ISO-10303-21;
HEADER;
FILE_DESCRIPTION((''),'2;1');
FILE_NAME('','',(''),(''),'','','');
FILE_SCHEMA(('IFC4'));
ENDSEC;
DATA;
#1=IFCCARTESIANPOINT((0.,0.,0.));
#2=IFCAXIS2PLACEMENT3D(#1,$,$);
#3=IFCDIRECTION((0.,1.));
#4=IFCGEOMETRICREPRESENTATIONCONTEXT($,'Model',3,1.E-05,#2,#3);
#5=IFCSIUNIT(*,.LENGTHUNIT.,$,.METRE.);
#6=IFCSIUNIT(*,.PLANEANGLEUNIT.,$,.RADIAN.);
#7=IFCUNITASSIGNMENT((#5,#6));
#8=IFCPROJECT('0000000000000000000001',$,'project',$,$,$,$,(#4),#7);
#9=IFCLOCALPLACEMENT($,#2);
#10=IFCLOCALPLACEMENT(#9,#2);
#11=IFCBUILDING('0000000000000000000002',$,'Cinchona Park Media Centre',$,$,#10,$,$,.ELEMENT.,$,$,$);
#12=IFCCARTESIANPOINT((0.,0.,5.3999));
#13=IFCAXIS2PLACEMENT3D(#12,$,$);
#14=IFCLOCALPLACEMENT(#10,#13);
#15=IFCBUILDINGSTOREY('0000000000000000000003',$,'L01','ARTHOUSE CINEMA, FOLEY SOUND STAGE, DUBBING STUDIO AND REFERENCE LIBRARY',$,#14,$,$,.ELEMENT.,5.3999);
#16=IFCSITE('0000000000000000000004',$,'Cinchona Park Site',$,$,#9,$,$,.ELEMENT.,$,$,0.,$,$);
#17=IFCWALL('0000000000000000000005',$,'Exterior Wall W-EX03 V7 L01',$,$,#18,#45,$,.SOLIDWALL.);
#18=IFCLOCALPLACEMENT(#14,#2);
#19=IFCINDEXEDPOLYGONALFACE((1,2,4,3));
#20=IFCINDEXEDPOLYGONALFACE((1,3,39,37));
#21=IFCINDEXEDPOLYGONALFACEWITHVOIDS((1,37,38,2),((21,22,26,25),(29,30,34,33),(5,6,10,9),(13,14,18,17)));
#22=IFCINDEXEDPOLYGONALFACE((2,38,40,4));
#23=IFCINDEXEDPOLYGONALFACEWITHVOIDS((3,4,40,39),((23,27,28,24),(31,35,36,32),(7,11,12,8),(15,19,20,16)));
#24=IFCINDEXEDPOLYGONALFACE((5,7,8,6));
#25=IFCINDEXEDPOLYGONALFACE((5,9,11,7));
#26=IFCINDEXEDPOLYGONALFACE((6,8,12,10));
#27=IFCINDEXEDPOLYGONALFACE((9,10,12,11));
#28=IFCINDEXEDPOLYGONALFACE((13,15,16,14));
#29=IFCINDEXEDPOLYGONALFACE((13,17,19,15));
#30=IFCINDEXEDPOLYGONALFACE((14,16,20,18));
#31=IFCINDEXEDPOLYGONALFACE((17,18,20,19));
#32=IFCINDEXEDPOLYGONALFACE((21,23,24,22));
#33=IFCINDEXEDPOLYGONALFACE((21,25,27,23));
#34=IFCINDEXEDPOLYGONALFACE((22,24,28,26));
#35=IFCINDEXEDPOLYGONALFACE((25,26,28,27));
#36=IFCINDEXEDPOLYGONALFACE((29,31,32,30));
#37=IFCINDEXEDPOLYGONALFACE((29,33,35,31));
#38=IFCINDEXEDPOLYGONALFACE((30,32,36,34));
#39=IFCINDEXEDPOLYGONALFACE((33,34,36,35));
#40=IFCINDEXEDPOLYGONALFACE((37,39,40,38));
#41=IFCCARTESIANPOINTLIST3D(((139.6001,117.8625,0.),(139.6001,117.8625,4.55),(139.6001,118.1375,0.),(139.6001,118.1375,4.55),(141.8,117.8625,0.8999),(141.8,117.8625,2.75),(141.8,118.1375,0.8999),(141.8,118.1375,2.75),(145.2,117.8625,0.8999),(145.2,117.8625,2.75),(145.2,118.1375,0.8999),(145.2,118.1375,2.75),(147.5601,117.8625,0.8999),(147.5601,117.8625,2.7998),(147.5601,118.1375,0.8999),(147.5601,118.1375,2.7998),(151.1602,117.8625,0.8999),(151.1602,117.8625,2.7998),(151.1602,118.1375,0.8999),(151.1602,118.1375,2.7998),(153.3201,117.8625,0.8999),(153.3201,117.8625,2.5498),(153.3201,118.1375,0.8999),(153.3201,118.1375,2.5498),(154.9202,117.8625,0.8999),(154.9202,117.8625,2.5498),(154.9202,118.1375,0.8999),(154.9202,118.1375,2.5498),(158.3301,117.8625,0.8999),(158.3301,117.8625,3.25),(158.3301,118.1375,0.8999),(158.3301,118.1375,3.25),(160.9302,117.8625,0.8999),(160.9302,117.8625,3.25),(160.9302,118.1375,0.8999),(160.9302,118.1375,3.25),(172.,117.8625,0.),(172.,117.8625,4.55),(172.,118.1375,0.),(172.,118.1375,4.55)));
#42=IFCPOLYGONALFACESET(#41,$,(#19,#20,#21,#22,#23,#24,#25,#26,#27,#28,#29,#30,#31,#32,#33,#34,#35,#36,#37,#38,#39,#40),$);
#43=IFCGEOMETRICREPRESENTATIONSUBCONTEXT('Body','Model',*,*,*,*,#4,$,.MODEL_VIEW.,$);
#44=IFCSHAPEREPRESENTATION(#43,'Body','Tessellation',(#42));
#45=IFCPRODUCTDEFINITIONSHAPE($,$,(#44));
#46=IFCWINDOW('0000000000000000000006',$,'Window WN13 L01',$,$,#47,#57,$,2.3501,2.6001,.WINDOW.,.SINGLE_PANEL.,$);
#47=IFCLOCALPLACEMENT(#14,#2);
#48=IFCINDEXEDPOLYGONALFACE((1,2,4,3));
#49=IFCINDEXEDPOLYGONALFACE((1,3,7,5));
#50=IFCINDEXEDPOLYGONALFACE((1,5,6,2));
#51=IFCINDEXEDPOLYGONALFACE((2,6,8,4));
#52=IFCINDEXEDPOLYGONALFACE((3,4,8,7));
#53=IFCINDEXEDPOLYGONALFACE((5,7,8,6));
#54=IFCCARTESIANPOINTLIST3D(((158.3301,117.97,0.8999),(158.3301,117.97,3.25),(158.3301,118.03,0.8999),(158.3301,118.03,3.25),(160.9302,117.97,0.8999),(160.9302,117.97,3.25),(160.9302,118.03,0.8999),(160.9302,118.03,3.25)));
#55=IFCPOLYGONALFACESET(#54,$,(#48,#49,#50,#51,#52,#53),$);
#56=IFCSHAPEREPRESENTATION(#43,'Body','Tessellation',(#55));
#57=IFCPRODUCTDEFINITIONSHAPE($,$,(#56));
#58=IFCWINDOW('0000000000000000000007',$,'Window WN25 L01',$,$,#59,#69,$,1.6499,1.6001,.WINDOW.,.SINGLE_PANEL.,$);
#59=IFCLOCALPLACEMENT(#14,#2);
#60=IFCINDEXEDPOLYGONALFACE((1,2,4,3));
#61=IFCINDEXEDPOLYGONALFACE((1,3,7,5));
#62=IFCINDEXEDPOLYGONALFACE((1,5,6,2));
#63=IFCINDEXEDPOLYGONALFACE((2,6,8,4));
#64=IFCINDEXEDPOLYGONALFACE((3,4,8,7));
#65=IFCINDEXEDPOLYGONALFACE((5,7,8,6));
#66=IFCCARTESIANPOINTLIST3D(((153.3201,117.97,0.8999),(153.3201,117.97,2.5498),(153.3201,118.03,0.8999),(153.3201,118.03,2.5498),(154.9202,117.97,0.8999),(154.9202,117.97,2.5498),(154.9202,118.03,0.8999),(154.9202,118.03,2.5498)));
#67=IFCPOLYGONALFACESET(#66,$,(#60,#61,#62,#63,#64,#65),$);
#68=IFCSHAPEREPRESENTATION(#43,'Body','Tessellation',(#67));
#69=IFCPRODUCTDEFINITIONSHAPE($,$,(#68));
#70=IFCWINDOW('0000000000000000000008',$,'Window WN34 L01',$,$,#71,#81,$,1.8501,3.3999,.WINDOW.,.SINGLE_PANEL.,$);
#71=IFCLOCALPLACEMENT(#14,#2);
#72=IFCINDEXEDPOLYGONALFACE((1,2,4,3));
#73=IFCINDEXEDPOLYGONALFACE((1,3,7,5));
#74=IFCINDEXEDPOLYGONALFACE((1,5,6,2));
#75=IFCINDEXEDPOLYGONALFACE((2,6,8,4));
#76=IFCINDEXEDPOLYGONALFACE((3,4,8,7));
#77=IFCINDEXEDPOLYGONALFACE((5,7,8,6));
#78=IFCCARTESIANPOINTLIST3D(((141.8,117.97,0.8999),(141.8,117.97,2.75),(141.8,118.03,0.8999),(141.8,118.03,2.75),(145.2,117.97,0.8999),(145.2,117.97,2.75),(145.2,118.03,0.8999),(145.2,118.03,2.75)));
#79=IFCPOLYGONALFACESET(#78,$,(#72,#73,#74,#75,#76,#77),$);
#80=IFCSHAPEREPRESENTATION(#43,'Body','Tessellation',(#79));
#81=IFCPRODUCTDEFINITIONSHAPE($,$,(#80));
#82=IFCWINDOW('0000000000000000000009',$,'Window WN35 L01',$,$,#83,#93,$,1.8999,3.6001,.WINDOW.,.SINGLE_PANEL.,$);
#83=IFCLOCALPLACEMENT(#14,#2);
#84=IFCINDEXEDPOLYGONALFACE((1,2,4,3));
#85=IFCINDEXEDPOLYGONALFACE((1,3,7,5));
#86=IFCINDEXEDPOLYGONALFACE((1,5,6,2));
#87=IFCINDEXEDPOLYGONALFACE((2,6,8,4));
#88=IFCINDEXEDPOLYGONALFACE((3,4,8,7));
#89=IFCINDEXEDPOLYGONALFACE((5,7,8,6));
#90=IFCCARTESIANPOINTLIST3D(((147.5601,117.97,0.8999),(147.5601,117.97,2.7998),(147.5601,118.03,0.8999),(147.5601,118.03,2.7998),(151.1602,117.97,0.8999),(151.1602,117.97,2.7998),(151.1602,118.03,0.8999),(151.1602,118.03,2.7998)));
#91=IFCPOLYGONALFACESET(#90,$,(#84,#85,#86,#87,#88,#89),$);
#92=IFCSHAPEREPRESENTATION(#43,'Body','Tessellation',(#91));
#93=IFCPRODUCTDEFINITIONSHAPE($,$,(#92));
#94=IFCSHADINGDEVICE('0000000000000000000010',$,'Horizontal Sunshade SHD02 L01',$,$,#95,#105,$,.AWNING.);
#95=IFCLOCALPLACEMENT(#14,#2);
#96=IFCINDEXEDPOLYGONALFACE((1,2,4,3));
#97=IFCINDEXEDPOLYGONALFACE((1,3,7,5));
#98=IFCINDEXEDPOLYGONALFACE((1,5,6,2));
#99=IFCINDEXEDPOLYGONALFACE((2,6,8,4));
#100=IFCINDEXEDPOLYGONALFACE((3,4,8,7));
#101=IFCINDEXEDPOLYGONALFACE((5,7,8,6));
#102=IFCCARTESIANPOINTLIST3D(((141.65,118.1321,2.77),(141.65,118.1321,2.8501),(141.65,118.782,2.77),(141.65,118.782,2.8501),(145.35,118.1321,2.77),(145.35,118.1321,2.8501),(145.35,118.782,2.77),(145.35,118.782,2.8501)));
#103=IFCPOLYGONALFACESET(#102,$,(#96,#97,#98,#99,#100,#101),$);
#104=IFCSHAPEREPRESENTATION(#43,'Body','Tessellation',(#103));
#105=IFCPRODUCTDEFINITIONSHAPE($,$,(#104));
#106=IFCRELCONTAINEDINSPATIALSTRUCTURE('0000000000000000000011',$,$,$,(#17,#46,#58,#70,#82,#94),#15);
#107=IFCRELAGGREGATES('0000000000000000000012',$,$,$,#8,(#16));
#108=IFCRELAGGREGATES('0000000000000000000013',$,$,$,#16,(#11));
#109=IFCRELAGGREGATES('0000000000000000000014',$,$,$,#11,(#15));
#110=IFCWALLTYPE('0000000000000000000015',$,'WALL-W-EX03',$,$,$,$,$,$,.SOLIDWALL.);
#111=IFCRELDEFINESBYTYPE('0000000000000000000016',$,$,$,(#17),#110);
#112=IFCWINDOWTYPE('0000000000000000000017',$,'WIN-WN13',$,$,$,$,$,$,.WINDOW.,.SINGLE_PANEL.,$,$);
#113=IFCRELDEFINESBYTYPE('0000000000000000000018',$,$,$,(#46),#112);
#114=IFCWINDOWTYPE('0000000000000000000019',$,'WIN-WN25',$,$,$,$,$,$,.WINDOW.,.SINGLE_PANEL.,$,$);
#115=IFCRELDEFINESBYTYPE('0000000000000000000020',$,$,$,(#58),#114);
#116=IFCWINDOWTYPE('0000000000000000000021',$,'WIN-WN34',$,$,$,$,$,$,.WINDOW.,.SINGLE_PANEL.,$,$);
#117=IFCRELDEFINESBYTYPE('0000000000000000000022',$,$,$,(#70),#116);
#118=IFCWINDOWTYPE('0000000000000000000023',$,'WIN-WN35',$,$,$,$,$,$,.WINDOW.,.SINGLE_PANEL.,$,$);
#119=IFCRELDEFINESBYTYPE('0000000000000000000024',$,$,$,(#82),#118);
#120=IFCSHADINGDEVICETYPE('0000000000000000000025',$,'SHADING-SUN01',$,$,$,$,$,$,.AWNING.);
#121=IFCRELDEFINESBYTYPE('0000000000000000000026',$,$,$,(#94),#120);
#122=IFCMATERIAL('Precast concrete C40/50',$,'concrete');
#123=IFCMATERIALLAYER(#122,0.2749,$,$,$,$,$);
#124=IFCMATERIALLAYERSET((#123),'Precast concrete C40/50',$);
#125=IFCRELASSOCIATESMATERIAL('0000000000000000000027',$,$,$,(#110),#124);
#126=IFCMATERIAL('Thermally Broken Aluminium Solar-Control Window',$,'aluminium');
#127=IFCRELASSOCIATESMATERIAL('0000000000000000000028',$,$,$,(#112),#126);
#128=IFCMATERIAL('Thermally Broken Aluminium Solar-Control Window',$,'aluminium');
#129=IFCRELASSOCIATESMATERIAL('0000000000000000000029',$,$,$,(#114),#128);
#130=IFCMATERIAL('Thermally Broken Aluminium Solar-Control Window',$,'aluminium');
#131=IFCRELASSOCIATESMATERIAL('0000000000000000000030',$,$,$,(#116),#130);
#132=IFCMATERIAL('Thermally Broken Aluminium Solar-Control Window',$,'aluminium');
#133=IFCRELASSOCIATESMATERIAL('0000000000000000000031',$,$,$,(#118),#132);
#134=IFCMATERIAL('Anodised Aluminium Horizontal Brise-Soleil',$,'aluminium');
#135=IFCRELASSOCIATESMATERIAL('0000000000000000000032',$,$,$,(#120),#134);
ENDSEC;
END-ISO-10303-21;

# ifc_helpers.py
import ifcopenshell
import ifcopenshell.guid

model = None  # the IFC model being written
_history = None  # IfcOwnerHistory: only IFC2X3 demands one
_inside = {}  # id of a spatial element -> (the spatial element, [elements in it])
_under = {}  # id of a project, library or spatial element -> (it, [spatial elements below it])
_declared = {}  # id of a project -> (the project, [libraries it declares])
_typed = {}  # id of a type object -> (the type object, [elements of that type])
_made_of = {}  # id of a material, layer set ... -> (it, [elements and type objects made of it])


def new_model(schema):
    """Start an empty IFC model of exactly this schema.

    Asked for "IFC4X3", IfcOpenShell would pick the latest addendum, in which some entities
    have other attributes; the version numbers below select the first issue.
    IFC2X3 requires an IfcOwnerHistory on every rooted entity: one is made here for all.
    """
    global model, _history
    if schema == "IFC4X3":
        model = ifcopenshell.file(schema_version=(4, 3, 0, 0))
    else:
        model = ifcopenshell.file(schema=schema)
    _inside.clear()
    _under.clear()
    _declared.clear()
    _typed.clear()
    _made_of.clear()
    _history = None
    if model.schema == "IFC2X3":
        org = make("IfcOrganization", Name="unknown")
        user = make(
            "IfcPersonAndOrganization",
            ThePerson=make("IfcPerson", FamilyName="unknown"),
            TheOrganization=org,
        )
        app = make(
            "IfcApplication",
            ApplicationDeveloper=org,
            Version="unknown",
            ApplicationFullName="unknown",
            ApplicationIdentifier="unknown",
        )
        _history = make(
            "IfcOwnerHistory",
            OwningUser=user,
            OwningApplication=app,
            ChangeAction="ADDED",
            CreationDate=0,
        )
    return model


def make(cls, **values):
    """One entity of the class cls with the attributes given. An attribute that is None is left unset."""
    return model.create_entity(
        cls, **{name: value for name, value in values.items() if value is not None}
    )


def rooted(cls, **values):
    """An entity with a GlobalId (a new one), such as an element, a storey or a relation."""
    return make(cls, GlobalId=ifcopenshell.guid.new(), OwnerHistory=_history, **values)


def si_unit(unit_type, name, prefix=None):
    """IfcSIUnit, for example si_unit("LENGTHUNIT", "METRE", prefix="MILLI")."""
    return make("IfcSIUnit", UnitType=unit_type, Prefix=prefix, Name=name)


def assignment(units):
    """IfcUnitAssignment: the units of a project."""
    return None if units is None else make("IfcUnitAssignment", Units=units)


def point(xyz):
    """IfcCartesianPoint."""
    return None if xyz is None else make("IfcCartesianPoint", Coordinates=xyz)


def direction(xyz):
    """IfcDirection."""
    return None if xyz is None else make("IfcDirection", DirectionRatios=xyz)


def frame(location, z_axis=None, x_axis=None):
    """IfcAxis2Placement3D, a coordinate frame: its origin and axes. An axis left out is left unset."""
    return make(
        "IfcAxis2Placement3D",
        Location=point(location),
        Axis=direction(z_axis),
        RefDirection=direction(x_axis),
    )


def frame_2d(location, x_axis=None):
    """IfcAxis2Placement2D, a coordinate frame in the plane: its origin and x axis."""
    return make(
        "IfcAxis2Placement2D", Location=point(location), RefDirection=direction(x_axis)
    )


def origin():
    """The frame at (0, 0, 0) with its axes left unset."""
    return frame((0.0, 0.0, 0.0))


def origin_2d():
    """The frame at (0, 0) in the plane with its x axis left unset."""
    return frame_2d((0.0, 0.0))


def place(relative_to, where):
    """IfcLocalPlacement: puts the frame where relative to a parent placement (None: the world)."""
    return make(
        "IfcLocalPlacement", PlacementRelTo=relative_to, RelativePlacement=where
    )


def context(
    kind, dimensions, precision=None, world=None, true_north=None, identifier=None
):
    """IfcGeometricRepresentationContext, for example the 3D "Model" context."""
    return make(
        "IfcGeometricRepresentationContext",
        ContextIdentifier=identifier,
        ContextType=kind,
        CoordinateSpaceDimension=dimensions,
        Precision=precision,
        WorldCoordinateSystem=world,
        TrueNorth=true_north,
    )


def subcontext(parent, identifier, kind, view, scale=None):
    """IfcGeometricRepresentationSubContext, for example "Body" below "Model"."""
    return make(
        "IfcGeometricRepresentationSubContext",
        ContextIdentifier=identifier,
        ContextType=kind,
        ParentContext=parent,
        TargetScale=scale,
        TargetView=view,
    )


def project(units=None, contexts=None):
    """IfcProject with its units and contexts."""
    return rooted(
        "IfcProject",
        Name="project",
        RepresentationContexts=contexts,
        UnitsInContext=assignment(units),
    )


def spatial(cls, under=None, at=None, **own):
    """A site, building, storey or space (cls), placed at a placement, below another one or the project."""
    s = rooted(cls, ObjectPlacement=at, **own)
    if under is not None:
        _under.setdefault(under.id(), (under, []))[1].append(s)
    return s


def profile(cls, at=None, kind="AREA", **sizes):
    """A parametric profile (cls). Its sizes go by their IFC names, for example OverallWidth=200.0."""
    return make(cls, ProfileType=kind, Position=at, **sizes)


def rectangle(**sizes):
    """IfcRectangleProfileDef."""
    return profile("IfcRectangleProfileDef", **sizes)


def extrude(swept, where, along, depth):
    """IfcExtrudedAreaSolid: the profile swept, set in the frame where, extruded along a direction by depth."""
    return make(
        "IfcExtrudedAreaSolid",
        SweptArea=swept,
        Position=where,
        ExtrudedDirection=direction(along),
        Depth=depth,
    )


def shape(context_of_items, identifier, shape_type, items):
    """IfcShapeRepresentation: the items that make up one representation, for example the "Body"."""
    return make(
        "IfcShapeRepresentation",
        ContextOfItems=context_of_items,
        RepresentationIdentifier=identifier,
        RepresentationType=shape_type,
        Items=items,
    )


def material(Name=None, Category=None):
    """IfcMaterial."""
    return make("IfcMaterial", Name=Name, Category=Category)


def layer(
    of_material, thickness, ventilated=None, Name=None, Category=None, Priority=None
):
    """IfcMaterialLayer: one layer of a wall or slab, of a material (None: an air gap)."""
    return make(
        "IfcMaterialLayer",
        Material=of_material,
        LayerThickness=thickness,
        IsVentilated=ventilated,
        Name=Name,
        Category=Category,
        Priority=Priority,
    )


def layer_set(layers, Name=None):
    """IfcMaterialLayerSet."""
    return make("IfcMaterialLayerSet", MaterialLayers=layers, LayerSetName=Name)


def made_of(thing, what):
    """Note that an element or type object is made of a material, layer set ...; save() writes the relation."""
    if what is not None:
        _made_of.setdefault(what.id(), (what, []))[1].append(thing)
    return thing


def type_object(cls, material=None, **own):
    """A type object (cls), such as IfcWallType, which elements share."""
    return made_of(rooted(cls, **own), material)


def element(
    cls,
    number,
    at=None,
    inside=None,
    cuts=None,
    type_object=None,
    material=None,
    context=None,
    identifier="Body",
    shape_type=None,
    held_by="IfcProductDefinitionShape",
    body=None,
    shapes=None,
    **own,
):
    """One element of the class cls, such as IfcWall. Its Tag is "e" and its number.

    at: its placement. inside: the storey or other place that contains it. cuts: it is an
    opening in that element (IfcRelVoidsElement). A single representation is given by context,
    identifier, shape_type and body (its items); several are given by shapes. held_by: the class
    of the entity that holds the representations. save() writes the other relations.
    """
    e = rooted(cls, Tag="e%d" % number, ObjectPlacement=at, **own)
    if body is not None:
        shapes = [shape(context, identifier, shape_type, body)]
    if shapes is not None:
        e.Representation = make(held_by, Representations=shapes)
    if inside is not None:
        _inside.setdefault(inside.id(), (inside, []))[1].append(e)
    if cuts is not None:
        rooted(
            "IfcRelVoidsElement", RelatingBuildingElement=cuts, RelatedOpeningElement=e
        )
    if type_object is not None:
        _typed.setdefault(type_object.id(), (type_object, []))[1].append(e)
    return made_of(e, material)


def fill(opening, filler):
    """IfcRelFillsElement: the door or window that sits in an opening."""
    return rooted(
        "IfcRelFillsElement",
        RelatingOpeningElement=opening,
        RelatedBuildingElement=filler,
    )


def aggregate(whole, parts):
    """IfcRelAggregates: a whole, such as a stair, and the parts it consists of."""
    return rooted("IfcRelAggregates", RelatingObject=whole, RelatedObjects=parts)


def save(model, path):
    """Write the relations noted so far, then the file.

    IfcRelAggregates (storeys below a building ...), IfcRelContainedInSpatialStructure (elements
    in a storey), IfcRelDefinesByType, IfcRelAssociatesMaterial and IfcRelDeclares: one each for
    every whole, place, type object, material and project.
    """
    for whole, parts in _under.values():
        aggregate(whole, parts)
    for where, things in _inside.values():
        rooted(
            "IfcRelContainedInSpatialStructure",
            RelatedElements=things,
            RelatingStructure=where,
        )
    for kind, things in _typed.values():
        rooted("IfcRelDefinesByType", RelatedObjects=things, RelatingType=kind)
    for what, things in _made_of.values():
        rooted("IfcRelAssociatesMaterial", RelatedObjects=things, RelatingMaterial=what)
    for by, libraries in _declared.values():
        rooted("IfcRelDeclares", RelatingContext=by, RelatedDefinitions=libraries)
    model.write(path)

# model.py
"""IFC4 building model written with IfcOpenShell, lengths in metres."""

from ifc_helpers import new_model, si_unit, direction, frame, frame_2d, origin, origin_2d, place, context, subcontext, project, spatial, rectangle, extrude, material, layer, layer_set, type_object, element, fill, save


model = new_model("IFC4")

# Units and contexts
model_context = context("Model", 3, precision=1e-05, world=origin(), true_north=direction((0.0, 1.0)))
body_context = subcontext(model_context, "Body", "Model", "MODEL_VIEW")
ifc_project = project(units=[si_unit("LENGTHUNIT", "METRE"), si_unit("PLANEANGLEUNIT", "RADIAN")], contexts=[model_context])

# Site, building, storey
site_placement = place(None, origin())
site = spatial("IfcSite", under=ifc_project, at=site_placement, Name="Cinchona Park Site", CompositionType="ELEMENT", RefElevation=0.0)
building_placement = place(site_placement, origin())
building = spatial("IfcBuilding", under=site, at=building_placement, Name="Cinchona Park Media Centre", CompositionType="ELEMENT")
storey_placement = place(building_placement, frame((0.0, 0.0, 5.3999)))
storey = spatial("IfcBuildingStorey", under=building, at=storey_placement, Name="L01", Description="ARTHOUSE CINEMA, FOLEY SOUND STAGE, DUBBING STUDIO AND REFERENCE LIBRARY", CompositionType="ELEMENT", Elevation=5.3999)

# Wall, openings, windows
ifc_material_1 = material(Name="Precast concrete C40/50", Category="concrete")
ifc_layer = layer(ifc_material_1, 0.2749)
ifc_layer_set = layer_set([ifc_layer], Name="Precast concrete C40/50")
wall_type = type_object("IfcWallType", Name="WALL-W-EX03", PredefinedType="SOLIDWALL", material=ifc_layer_set)
wall_placement = place(storey_placement, frame((139.6001, 118.0, 0.0), z_axis=(0.0, 0.0, 1.0), x_axis=(1.0, 0.0, 0.0)))
wall = element("IfcWall", 1, at=wall_placement, inside=storey, type_object=wall_type, Name="Exterior Wall W-EX03 V7 L01", PredefinedType="SOLIDWALL", context=body_context, shape_type="SweptSolid", body=[
    extrude(rectangle(XDim=32.3999, YDim=0.2749, at=frame_2d((16.2, 0.0))), origin(), (0.0, 0.0, 1.0), 4.55),
])
opening_1_placement = place(wall_placement, frame((2.2, 0.0, 0.8999)))
opening_1 = element("IfcOpeningElement", 2, at=opening_1_placement, cuts=wall, PredefinedType="OPENING", context=body_context, shape_type="SweptSolid", body=[
    extrude(rectangle(XDim=3.3999, YDim=1.8501, at=frame_2d((1.7, 0.925))), frame((0.0, 0.1475, 0.0), z_axis=(0.0, -1.0, 0.0), x_axis=(1.0, 0.0, 0.0)), (0.0, 0.0, 1.0), 0.2949),
])
opening_2_placement = place(wall_placement, frame((7.96, 0.0, 0.8999)))
opening_2 = element("IfcOpeningElement", 3, at=opening_2_placement, cuts=wall, PredefinedType="OPENING", context=body_context, shape_type="SweptSolid", body=[
    extrude(rectangle(XDim=3.6001, YDim=1.8999, at=frame_2d((1.8, 0.95))), frame((0.0, 0.1475, 0.0), z_axis=(0.0, -1.0, 0.0), x_axis=(1.0, 0.0, 0.0)), (0.0, 0.0, 1.0), 0.2949),
])
opening_3_placement = place(wall_placement, frame((13.72, 0.0, 0.8999)))
opening_3 = element("IfcOpeningElement", 4, at=opening_3_placement, cuts=wall, PredefinedType="OPENING", context=body_context, shape_type="SweptSolid", body=[
    extrude(rectangle(XDim=1.6001, YDim=1.6499, at=frame_2d((0.8, 0.825))), frame((0.0, 0.1475, 0.0), z_axis=(0.0, -1.0, 0.0), x_axis=(1.0, 0.0, 0.0)), (0.0, 0.0, 1.0), 0.2949),
])
opening_4_placement = place(wall_placement, frame((18.73, 0.0, 0.8999)))
opening_4 = element("IfcOpeningElement", 5, at=opening_4_placement, cuts=wall, PredefinedType="OPENING", context=body_context, shape_type="SweptSolid", body=[
    extrude(rectangle(XDim=2.6001, YDim=2.3501, at=frame_2d((1.3, 1.175))), frame((0.0, 0.1475, 0.0), z_axis=(0.0, -1.0, 0.0), x_axis=(1.0, 0.0, 0.0)), (0.0, 0.0, 1.0), 0.2949),
])
ifc_material_2 = material(Name="Thermally Broken Aluminium Solar-Control Window", Category="aluminium")
window_type_1 = type_object("IfcWindowType", Name="WIN-WN13", PartitioningType="SINGLE_PANEL", PredefinedType="WINDOW", material=ifc_material_2)
window_1_placement = place(opening_4_placement, origin())
window_1 = element("IfcWindow", 6, at=window_1_placement, inside=storey, type_object=window_type_1, Name="Window WN13 L01", OverallHeight=2.3501, OverallWidth=2.6001, PartitioningType="SINGLE_PANEL", PredefinedType="WINDOW", context=body_context, shape_type="SweptSolid", body=[
    extrude(rectangle(XDim=2.6001, YDim=2.3501, at=frame_2d((1.3, 1.175))), frame((0.0, 0.03, 0.0), z_axis=(0.0, -1.0, 0.0), x_axis=(1.0, 0.0, 0.0)), (0.0, 0.0, 1.0), 0.0601),
])
fill(opening_4, window_1)
ifc_material_3 = material(Name="Thermally Broken Aluminium Solar-Control Window", Category="aluminium")
window_type_2 = type_object("IfcWindowType", Name="WIN-WN25", PartitioningType="SINGLE_PANEL", PredefinedType="WINDOW", material=ifc_material_3)
window_2_placement = place(opening_3_placement, origin())
window_2 = element("IfcWindow", 7, at=window_2_placement, inside=storey, type_object=window_type_2, Name="Window WN25 L01", OverallHeight=1.6499, OverallWidth=1.6001, PartitioningType="SINGLE_PANEL", PredefinedType="WINDOW", context=body_context, shape_type="SweptSolid", body=[
    extrude(rectangle(XDim=1.6001, YDim=1.6499, at=frame_2d((0.8, 0.825))), frame((0.0, 0.03, 0.0), z_axis=(0.0, -1.0, 0.0), x_axis=(1.0, 0.0, 0.0)), (0.0, 0.0, 1.0), 0.0601),
])
fill(opening_3, window_2)
ifc_material_4 = material(Name="Thermally Broken Aluminium Solar-Control Window", Category="aluminium")
window_type_3 = type_object("IfcWindowType", Name="WIN-WN34", PartitioningType="SINGLE_PANEL", PredefinedType="WINDOW", material=ifc_material_4)
window_3_placement = place(opening_1_placement, origin())
window_3 = element("IfcWindow", 8, at=window_3_placement, inside=storey, type_object=window_type_3, Name="Window WN34 L01", OverallHeight=1.8501, OverallWidth=3.3999, PartitioningType="SINGLE_PANEL", PredefinedType="WINDOW", context=body_context, shape_type="SweptSolid", body=[
    extrude(rectangle(XDim=3.3999, YDim=1.8501, at=frame_2d((1.7, 0.925))), frame((0.0, 0.03, 0.0), z_axis=(0.0, -1.0, 0.0), x_axis=(1.0, 0.0, 0.0)), (0.0, 0.0, 1.0), 0.0601),
])
fill(opening_1, window_3)
ifc_material_5 = material(Name="Thermally Broken Aluminium Solar-Control Window", Category="aluminium")
window_type_4 = type_object("IfcWindowType", Name="WIN-WN35", PartitioningType="SINGLE_PANEL", PredefinedType="WINDOW", material=ifc_material_5)
window_4_placement = place(opening_2_placement, origin())
window_4 = element("IfcWindow", 9, at=window_4_placement, inside=storey, type_object=window_type_4, Name="Window WN35 L01", OverallHeight=1.8999, OverallWidth=3.6001, PartitioningType="SINGLE_PANEL", PredefinedType="WINDOW", context=body_context, shape_type="SweptSolid", body=[
    extrude(rectangle(XDim=3.6001, YDim=1.8999, at=frame_2d((1.8, 0.95))), frame((0.0, 0.03, 0.0), z_axis=(0.0, -1.0, 0.0), x_axis=(1.0, 0.0, 0.0)), (0.0, 0.0, 1.0), 0.0601),
])
fill(opening_2, window_4)

# Shading device
ifc_material_6 = material(Name="Anodised Aluminium Horizontal Brise-Soleil", Category="aluminium")
shading_device_type = type_object("IfcShadingDeviceType", Name="SHADING-SUN01", PredefinedType="AWNING", material=ifc_material_6)
shading_device_placement = place(storey_placement, frame((143.5, 118.457, 2.77), z_axis=(0.0, 0.0, 1.0), x_axis=(1.0, 0.0, 0.0)))
element("IfcShadingDevice", 10, at=shading_device_placement, inside=storey, type_object=shading_device_type, Name="Horizontal Sunshade SHD02 L01", PredefinedType="AWNING", context=body_context, shape_type="SweptSolid", body=[
    extrude(rectangle(XDim=3.7, YDim=0.6499, at=origin_2d()), origin(), (0.0, 0.0, 1.0), 0.0801),
])

save(model, "model.ifc")
